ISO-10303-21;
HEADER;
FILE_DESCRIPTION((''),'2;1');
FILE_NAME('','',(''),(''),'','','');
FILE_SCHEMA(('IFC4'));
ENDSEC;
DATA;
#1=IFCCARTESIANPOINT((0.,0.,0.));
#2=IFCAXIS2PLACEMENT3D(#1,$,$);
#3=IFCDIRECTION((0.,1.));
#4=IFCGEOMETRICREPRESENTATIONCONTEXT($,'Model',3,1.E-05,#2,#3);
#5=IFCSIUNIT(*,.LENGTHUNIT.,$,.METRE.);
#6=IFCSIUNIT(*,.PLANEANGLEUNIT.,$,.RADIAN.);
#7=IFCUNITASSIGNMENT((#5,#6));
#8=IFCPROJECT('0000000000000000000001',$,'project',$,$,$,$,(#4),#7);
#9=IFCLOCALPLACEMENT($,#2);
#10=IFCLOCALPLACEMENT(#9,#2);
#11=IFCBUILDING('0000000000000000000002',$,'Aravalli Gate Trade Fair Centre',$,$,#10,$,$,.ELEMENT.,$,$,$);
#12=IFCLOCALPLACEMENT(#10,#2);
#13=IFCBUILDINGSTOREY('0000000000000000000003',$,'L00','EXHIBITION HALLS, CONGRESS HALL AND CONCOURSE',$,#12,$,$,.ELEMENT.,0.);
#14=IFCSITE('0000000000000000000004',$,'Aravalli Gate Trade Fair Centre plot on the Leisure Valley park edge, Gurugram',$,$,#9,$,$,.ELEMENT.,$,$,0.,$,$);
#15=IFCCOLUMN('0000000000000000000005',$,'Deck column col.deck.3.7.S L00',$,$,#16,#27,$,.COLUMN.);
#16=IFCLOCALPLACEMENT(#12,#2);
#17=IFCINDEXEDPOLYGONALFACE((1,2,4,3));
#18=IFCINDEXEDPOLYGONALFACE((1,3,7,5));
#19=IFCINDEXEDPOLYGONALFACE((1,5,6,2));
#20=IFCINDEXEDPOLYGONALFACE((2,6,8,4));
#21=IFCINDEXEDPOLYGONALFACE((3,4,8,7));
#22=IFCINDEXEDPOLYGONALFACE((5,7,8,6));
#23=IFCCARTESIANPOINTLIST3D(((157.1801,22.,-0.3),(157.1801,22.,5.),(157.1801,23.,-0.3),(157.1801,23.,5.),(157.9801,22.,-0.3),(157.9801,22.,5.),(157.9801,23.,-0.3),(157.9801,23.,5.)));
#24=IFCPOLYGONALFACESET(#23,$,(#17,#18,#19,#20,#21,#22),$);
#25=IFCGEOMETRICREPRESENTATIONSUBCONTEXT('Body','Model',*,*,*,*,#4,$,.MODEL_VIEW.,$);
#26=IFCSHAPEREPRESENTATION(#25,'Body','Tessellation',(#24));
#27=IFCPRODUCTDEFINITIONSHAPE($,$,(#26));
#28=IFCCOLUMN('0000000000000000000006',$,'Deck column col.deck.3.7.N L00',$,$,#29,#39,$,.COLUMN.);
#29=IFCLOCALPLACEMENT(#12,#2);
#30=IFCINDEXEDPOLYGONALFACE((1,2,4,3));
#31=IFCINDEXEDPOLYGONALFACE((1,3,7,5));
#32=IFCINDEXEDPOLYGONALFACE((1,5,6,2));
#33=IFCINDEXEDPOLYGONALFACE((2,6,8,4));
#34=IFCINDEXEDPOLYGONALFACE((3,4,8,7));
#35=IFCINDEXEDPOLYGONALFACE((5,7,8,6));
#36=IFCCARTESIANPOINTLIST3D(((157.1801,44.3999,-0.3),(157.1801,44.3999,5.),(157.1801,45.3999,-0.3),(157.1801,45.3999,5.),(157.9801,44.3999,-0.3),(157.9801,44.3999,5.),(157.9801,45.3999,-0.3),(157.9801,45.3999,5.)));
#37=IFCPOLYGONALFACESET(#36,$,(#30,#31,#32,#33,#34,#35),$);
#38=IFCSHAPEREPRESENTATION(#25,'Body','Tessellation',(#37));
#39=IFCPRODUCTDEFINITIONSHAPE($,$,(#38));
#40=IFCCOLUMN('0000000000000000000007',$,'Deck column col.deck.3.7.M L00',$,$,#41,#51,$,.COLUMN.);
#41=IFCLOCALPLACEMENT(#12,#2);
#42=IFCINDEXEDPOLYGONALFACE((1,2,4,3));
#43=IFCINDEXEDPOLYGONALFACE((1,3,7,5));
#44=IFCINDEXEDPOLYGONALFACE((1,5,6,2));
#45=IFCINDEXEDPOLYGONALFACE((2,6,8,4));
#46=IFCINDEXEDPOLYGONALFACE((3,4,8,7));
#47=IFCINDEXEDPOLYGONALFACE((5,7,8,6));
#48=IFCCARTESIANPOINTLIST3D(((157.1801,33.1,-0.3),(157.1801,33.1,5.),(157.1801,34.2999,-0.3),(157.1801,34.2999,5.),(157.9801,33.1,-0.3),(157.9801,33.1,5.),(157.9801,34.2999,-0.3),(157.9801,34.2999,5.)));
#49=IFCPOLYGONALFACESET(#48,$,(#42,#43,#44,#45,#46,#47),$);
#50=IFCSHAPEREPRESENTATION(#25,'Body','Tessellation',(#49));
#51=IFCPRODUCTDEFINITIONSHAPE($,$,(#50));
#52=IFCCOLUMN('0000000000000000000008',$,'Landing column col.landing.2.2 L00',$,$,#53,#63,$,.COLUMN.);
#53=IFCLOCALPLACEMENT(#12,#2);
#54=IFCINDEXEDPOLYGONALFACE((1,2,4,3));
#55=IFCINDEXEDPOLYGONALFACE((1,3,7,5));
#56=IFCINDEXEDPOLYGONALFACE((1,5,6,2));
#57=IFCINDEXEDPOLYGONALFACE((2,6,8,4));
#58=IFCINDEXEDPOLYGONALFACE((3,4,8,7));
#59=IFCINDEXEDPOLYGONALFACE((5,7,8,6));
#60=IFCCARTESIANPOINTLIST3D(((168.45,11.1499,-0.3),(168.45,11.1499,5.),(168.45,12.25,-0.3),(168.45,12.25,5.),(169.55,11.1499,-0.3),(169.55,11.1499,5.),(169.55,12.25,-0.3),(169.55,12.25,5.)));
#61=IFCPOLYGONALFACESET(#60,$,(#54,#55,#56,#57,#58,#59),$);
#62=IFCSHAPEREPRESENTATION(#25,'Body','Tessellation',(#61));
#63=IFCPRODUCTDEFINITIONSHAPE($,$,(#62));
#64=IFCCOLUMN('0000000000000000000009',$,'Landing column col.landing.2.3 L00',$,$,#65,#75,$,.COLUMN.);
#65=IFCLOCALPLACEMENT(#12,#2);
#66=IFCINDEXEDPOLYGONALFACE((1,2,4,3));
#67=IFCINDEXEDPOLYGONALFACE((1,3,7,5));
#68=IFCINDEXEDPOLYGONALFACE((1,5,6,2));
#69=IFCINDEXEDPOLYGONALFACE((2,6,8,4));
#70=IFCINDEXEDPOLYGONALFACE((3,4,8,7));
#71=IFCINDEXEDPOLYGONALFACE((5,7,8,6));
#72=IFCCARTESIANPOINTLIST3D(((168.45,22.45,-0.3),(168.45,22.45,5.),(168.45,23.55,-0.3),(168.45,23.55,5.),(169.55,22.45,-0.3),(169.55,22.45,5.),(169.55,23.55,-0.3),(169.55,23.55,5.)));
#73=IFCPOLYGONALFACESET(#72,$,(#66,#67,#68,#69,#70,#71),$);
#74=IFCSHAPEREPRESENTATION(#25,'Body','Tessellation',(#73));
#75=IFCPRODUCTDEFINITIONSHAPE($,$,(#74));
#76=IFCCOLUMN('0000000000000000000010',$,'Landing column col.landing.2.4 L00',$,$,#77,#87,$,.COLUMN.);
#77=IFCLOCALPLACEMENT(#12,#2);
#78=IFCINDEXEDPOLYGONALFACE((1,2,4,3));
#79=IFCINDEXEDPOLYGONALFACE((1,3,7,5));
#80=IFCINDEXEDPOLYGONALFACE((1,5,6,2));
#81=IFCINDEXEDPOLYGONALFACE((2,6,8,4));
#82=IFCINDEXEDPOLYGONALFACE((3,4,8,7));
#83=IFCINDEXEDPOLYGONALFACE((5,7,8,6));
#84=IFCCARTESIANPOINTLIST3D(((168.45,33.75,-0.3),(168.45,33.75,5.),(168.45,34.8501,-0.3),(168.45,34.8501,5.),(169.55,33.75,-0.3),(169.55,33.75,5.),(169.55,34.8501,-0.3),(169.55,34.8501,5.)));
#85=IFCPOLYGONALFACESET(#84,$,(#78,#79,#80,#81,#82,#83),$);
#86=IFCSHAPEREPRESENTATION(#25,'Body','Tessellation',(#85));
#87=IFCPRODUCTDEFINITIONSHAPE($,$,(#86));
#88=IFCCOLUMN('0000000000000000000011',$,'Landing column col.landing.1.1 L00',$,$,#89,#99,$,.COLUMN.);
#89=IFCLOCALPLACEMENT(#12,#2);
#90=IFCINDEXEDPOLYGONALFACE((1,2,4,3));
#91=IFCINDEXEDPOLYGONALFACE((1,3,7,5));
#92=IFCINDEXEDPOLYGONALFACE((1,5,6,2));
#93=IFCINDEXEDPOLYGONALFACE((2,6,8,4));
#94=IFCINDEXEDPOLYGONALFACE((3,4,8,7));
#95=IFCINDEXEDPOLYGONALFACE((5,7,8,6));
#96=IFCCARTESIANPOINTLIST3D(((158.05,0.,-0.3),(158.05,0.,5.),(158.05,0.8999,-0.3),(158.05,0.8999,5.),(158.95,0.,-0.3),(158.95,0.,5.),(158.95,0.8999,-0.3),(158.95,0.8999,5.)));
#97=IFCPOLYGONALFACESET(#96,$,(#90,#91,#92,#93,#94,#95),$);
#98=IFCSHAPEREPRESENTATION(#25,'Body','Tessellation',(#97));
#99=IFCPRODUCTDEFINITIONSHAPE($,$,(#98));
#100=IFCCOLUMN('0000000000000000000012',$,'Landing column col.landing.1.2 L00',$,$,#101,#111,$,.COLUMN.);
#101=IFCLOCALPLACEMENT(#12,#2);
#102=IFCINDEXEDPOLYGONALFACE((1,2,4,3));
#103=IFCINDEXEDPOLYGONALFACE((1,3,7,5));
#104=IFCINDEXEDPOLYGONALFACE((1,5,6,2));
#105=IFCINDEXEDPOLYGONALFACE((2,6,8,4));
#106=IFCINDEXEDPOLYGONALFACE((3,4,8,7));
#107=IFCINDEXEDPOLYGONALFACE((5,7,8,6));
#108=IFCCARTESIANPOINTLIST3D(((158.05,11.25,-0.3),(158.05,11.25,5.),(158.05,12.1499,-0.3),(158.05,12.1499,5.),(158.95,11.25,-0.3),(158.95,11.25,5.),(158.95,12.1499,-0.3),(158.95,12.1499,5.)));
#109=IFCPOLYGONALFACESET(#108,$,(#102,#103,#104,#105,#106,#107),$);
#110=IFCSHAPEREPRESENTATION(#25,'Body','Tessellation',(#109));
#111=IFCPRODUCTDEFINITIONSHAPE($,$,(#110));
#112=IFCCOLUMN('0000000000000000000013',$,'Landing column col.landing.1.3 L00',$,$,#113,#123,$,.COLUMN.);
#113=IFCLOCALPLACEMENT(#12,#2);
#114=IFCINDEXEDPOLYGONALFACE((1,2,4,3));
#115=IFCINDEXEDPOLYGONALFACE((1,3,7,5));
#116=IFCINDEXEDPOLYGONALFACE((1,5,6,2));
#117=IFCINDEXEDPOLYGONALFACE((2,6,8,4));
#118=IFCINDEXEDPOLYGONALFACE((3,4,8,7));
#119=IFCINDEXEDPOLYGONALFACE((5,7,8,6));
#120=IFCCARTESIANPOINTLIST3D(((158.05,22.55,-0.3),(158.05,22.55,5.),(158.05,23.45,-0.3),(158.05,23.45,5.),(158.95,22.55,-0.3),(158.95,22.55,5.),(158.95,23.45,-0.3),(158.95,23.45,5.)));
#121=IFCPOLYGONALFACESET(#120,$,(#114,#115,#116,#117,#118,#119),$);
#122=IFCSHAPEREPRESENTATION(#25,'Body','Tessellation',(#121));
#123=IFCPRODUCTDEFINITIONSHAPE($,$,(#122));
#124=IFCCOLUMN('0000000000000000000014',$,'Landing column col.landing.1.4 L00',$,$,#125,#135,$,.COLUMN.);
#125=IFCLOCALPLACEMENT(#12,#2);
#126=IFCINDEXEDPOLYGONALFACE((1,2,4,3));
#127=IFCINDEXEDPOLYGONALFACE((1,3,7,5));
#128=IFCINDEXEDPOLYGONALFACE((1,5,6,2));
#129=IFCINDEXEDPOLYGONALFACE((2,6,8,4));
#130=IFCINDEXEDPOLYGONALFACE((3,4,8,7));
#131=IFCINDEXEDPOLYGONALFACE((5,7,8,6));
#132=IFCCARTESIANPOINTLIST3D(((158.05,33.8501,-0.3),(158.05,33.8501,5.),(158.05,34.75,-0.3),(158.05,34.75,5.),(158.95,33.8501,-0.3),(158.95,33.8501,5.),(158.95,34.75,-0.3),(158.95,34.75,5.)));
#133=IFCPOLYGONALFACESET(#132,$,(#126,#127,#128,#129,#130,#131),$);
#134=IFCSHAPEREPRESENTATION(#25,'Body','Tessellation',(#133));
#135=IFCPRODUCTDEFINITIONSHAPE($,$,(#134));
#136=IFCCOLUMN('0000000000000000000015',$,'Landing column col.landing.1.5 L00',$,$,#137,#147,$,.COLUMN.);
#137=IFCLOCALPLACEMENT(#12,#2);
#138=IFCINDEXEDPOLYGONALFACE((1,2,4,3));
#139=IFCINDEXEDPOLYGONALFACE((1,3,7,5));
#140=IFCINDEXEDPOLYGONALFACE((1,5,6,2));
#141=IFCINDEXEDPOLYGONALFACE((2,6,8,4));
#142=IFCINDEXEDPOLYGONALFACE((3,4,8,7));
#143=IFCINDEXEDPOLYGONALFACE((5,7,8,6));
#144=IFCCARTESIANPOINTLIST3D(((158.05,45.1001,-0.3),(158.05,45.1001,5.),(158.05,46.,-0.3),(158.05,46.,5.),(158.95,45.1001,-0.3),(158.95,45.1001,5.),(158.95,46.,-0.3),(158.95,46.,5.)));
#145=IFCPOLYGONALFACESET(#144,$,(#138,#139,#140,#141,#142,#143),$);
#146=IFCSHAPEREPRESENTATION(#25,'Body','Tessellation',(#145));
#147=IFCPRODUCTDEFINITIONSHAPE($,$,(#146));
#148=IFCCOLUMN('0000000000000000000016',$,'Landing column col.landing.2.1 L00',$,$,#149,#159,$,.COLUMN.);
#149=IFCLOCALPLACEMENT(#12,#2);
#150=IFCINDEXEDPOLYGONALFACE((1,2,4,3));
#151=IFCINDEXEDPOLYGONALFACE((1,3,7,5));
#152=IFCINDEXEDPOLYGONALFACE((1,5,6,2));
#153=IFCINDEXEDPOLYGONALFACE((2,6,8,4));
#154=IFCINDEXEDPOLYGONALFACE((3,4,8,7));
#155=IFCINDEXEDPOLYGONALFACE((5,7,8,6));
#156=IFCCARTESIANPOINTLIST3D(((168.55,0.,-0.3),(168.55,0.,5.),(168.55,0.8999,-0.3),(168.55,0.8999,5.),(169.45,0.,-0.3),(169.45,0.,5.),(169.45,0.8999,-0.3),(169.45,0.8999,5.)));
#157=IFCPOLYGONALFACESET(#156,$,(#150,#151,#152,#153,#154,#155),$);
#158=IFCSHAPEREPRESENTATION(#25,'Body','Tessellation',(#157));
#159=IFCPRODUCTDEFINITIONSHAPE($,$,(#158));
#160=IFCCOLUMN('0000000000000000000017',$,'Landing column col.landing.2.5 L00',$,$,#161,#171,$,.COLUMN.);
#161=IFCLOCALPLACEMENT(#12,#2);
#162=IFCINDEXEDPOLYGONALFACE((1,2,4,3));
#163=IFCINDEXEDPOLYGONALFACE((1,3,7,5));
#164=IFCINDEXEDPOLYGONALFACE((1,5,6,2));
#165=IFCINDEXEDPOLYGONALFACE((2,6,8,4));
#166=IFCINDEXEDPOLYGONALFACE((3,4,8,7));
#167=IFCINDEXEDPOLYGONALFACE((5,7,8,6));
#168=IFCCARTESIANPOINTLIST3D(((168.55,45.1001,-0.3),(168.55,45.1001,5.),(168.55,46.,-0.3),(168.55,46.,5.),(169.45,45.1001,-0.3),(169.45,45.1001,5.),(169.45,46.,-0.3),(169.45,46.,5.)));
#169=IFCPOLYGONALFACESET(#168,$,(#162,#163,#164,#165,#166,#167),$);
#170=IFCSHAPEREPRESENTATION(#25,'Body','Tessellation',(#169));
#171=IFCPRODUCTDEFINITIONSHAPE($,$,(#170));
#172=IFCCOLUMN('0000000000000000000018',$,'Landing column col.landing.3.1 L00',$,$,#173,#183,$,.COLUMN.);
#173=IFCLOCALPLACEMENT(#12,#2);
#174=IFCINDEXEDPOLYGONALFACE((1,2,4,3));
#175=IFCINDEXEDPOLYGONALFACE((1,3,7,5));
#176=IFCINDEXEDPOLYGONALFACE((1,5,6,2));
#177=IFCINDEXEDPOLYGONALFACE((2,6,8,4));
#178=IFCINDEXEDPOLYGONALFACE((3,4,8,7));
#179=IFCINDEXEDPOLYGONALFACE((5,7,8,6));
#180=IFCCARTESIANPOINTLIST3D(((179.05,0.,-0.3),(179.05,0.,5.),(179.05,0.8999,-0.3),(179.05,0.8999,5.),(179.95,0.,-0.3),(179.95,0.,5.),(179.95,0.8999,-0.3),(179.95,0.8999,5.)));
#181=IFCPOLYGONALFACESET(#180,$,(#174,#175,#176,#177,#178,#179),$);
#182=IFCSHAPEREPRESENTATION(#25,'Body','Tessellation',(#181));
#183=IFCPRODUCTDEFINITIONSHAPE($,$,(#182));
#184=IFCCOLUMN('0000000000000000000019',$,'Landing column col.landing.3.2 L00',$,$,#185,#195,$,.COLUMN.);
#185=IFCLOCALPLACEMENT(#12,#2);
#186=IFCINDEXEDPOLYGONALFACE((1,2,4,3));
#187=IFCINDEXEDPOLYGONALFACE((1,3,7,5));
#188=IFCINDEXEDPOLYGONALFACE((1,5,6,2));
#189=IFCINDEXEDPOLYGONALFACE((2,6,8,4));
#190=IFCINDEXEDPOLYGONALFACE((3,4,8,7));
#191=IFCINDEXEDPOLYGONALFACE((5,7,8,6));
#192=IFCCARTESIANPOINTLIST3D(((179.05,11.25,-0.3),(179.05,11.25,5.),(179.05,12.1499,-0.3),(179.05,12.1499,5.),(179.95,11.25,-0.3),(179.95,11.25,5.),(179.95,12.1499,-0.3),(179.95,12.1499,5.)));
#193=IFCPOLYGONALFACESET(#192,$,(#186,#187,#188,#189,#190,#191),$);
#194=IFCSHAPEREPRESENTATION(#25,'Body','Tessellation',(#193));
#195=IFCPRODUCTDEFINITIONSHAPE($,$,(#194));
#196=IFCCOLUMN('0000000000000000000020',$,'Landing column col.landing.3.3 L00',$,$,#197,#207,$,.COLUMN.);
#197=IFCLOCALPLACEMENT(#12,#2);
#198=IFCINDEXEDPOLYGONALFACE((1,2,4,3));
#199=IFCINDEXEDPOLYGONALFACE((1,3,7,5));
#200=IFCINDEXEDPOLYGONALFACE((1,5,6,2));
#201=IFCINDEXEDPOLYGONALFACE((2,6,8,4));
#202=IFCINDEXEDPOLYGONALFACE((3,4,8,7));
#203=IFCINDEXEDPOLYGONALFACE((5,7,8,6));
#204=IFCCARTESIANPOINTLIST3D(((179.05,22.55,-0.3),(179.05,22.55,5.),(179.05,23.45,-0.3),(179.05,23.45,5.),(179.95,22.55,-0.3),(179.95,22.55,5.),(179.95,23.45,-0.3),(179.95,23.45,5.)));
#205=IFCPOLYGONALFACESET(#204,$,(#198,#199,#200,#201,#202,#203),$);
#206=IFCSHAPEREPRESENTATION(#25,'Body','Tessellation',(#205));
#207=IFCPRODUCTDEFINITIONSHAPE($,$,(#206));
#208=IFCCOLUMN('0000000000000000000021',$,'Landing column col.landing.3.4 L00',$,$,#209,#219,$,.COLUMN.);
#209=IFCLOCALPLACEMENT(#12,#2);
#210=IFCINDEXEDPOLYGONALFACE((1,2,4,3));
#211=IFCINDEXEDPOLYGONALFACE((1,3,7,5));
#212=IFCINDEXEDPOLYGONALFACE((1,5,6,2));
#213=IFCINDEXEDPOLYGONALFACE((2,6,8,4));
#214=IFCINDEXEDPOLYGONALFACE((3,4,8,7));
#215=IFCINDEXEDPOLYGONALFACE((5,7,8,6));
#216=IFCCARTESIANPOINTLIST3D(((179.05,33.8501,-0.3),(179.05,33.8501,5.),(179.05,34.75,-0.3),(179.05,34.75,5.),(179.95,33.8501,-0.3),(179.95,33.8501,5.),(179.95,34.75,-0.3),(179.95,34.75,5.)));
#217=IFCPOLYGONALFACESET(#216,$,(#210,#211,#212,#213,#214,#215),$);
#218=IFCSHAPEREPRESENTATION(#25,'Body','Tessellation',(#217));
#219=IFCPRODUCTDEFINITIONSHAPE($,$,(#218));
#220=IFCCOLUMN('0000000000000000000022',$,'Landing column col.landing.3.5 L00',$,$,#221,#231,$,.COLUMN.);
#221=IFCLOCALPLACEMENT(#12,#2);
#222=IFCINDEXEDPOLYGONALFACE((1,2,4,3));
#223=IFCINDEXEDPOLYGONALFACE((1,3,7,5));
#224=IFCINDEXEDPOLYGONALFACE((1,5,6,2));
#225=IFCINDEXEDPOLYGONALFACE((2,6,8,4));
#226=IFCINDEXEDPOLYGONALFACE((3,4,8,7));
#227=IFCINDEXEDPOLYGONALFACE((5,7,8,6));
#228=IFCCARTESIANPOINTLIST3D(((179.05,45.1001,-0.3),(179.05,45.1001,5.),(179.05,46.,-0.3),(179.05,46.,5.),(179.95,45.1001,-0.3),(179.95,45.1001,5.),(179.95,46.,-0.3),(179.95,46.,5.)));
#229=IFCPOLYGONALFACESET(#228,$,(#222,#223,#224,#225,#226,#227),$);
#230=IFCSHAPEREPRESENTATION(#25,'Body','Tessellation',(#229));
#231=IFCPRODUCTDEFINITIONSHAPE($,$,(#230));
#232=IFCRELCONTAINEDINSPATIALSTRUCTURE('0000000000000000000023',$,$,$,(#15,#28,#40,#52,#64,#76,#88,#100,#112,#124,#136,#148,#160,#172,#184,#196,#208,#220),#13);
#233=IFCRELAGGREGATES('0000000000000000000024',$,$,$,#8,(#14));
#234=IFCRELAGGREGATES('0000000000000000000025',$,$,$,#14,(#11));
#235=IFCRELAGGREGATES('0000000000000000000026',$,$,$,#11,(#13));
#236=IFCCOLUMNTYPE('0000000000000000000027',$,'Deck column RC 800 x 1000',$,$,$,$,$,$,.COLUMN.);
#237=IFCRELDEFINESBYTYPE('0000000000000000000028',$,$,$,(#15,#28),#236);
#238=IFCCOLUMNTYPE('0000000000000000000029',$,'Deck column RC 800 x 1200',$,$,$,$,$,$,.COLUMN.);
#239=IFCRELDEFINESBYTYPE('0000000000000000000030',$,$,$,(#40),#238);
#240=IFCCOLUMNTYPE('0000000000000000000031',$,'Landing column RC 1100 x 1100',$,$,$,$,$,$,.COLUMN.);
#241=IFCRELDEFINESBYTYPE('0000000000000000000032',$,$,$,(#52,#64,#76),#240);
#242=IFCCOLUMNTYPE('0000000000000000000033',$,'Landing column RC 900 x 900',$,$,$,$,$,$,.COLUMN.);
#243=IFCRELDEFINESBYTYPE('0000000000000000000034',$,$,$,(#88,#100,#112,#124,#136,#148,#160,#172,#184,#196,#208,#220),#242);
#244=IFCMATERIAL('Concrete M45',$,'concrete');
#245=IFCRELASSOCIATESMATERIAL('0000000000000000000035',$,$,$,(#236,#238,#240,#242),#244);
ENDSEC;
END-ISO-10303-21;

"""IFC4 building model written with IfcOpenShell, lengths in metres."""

from ifc_helpers import new_model, si_unit, direction, frame, origin, origin_2d, place, context, subcontext, project, spatial, rectangle, extrude, material, material_profile, profile_set, type_object, element, save


model = new_model("IFC4")

# Units and contexts
model_context = context("Model", 3, precision=1e-05, world=origin(), true_north=direction((0.0, 1.0)))
body_context = subcontext(model_context, "Body", "Model", "MODEL_VIEW")
ifc_project = project(units=[si_unit("LENGTHUNIT", "METRE"), si_unit("PLANEANGLEUNIT", "RADIAN")], contexts=[model_context])

# Site, building, storey
site_placement = place(None, origin())
site = spatial("IfcSite", under=ifc_project, at=site_placement, Name="Aravalli Gate Trade Fair Centre plot on the Leisure Valley park edge, Gurugram", CompositionType="ELEMENT", RefElevation=0.0)
building_placement = place(site_placement, origin())
building = spatial("IfcBuilding", under=site, at=building_placement, Name="Aravalli Gate Trade Fair Centre", CompositionType="ELEMENT")
storey_placement = place(building_placement, origin())
storey = spatial("IfcBuildingStorey", under=building, at=storey_placement, Name="L00", Description="EXHIBITION HALLS, CONGRESS HALL AND CONCOURSE", CompositionType="ELEMENT", Elevation=0.0)

# Columns
ifc_material_1 = material(Name="Concrete M45", Category="concrete")
ifc_material_profile_1 = material_profile(ifc_material_1, rectangle(XDim=0.8, YDim=1.0, at=origin_2d()), Name="Deck column RC 800 x 1000")
ifc_profile_set_1 = profile_set([ifc_material_profile_1], Name="Concrete M45")
column_type_1 = type_object("IfcColumnType", Name="Deck column RC 800 x 1000", PredefinedType="COLUMN", material=ifc_profile_set_1)
for number, where, z_axis, x_axis, name in (
    (1, (157.5801, 22.5, -0.3), (0.0, 0.0, 1.0), (1.0, 0.0, 0.0), "Deck column col.deck.3.7.S L00"),
    (2, (157.5801, 44.8999, -0.3), (0.0, 0.0, 1.0), (1.0, 0.0, 0.0), "Deck column col.deck.3.7.N L00"),
):
    element("IfcColumn", number, at=place(storey_placement, frame(where, z_axis=z_axis, x_axis=x_axis)), inside=storey, type_object=column_type_1, Name=name, PredefinedType="COLUMN", context=body_context, shape_type="SweptSolid", body=[
        extrude(rectangle(XDim=0.8, YDim=1.0, at=origin_2d()), origin(), (0.0, 0.0, 1.0), 5.3),
    ])
ifc_material_profile_2 = material_profile(ifc_material_1, rectangle(XDim=0.8, YDim=1.2, at=origin_2d()), Name="Deck column RC 800 x 1200")
ifc_profile_set_2 = profile_set([ifc_material_profile_2], Name="Concrete M45")
column_type_2 = type_object("IfcColumnType", Name="Deck column RC 800 x 1200", PredefinedType="COLUMN", material=ifc_profile_set_2)
column_placement = place(storey_placement, frame((157.5801, 33.7, -0.3), z_axis=(0.0, 0.0, 1.0), x_axis=(1.0, 0.0, 0.0)))
element("IfcColumn", 3, at=column_placement, inside=storey, type_object=column_type_2, Name="Deck column col.deck.3.7.M L00", PredefinedType="COLUMN", context=body_context, shape_type="SweptSolid", body=[
    extrude(rectangle(XDim=0.8, YDim=1.2, at=origin_2d()), origin(), (0.0, 0.0, 1.0), 5.3),
])
ifc_material_profile_3 = material_profile(ifc_material_1, rectangle(XDim=1.1001, YDim=1.1001, at=origin_2d()), Name="Landing column RC 1100 x 1100")
ifc_profile_set_3 = profile_set([ifc_material_profile_3], Name="Concrete M45")
column_type_3 = type_object("IfcColumnType", Name="Landing column RC 1100 x 1100", PredefinedType="COLUMN", material=ifc_profile_set_3)
for number, where, z_axis, x_axis, name in (
    (4, (169.0, 11.7, -0.3), (0.0, 0.0, 1.0), (1.0, 0.0, 0.0), "Landing column col.landing.2.2 L00"),
    (5, (169.0, 23.0, -0.3), (0.0, 0.0, 1.0), (1.0, 0.0, 0.0), "Landing column col.landing.2.3 L00"),
    (6, (169.0, 34.3, -0.3), (0.0, 0.0, 1.0), (1.0, 0.0, 0.0), "Landing column col.landing.2.4 L00"),
):
    element("IfcColumn", number, at=place(storey_placement, frame(where, z_axis=z_axis, x_axis=x_axis)), inside=storey, type_object=column_type_3, Name=name, PredefinedType="COLUMN", context=body_context, shape_type="SweptSolid", body=[
        extrude(rectangle(XDim=1.1001, YDim=1.1001, at=origin_2d()), origin(), (0.0, 0.0, 1.0), 5.3),
    ])
ifc_material_profile_4 = material_profile(ifc_material_1, rectangle(XDim=0.8999, YDim=0.8999, at=origin_2d()), Name="Landing column RC 900 x 900")
ifc_profile_set_4 = profile_set([ifc_material_profile_4], Name="Concrete M45")
column_type_4 = type_object("IfcColumnType", Name="Landing column RC 900 x 900", PredefinedType="COLUMN", material=ifc_profile_set_4)
for number, where, z_axis, x_axis, name in (
    (7, (158.5, 0.45, -0.3), (0.0, 0.0, 1.0), (1.0, 0.0, 0.0), "Landing column col.landing.1.1 L00"),
    (8, (158.5, 11.7, -0.3), (0.0, 0.0, 1.0), (1.0, 0.0, 0.0), "Landing column col.landing.1.2 L00"),
    (9, (158.5, 23.0, -0.3), (0.0, 0.0, 1.0), (1.0, 0.0, 0.0), "Landing column col.landing.1.3 L00"),
    (10, (158.5, 34.3, -0.3), (0.0, 0.0, 1.0), (1.0, 0.0, 0.0), "Landing column col.landing.1.4 L00"),
    (11, (158.5, 45.55, -0.3), (0.0, 0.0, 1.0), (1.0, 0.0, 0.0), "Landing column col.landing.1.5 L00"),
    (12, (169.0, 0.45, -0.3), (0.0, 0.0, 1.0), (1.0, 0.0, 0.0), "Landing column col.landing.2.1 L00"),
    (13, (169.0, 45.55, -0.3), (0.0, 0.0, 1.0), (1.0, 0.0, 0.0), "Landing column col.landing.2.5 L00"),
    (14, (179.5, 0.45, -0.3), (0.0, 0.0, 1.0), (1.0, 0.0, 0.0), "Landing column col.landing.3.1 L00"),
    (15, (179.5, 11.7, -0.3), (0.0, 0.0, 1.0), (1.0, 0.0, 0.0), "Landing column col.landing.3.2 L00"),
    (16, (179.5, 23.0, -0.3), (0.0, 0.0, 1.0), (1.0, 0.0, 0.0), "Landing column col.landing.3.3 L00"),
    (17, (179.5, 34.3, -0.3), (0.0, 0.0, 1.0), (1.0, 0.0, 0.0), "Landing column col.landing.3.4 L00"),
    (18, (179.5, 45.55, -0.3), (0.0, 0.0, 1.0), (1.0, 0.0, 0.0), "Landing column col.landing.3.5 L00"),
):
    element("IfcColumn", number, at=place(storey_placement, frame(where, z_axis=z_axis, x_axis=x_axis)), inside=storey, type_object=column_type_4, Name=name, PredefinedType="COLUMN", context=body_context, shape_type="SweptSolid", body=[
        extrude(rectangle(XDim=0.8999, YDim=0.8999, at=origin_2d()), origin(), (0.0, 0.0, 1.0), 5.3),
    ])

save(model, "model.ifc")
